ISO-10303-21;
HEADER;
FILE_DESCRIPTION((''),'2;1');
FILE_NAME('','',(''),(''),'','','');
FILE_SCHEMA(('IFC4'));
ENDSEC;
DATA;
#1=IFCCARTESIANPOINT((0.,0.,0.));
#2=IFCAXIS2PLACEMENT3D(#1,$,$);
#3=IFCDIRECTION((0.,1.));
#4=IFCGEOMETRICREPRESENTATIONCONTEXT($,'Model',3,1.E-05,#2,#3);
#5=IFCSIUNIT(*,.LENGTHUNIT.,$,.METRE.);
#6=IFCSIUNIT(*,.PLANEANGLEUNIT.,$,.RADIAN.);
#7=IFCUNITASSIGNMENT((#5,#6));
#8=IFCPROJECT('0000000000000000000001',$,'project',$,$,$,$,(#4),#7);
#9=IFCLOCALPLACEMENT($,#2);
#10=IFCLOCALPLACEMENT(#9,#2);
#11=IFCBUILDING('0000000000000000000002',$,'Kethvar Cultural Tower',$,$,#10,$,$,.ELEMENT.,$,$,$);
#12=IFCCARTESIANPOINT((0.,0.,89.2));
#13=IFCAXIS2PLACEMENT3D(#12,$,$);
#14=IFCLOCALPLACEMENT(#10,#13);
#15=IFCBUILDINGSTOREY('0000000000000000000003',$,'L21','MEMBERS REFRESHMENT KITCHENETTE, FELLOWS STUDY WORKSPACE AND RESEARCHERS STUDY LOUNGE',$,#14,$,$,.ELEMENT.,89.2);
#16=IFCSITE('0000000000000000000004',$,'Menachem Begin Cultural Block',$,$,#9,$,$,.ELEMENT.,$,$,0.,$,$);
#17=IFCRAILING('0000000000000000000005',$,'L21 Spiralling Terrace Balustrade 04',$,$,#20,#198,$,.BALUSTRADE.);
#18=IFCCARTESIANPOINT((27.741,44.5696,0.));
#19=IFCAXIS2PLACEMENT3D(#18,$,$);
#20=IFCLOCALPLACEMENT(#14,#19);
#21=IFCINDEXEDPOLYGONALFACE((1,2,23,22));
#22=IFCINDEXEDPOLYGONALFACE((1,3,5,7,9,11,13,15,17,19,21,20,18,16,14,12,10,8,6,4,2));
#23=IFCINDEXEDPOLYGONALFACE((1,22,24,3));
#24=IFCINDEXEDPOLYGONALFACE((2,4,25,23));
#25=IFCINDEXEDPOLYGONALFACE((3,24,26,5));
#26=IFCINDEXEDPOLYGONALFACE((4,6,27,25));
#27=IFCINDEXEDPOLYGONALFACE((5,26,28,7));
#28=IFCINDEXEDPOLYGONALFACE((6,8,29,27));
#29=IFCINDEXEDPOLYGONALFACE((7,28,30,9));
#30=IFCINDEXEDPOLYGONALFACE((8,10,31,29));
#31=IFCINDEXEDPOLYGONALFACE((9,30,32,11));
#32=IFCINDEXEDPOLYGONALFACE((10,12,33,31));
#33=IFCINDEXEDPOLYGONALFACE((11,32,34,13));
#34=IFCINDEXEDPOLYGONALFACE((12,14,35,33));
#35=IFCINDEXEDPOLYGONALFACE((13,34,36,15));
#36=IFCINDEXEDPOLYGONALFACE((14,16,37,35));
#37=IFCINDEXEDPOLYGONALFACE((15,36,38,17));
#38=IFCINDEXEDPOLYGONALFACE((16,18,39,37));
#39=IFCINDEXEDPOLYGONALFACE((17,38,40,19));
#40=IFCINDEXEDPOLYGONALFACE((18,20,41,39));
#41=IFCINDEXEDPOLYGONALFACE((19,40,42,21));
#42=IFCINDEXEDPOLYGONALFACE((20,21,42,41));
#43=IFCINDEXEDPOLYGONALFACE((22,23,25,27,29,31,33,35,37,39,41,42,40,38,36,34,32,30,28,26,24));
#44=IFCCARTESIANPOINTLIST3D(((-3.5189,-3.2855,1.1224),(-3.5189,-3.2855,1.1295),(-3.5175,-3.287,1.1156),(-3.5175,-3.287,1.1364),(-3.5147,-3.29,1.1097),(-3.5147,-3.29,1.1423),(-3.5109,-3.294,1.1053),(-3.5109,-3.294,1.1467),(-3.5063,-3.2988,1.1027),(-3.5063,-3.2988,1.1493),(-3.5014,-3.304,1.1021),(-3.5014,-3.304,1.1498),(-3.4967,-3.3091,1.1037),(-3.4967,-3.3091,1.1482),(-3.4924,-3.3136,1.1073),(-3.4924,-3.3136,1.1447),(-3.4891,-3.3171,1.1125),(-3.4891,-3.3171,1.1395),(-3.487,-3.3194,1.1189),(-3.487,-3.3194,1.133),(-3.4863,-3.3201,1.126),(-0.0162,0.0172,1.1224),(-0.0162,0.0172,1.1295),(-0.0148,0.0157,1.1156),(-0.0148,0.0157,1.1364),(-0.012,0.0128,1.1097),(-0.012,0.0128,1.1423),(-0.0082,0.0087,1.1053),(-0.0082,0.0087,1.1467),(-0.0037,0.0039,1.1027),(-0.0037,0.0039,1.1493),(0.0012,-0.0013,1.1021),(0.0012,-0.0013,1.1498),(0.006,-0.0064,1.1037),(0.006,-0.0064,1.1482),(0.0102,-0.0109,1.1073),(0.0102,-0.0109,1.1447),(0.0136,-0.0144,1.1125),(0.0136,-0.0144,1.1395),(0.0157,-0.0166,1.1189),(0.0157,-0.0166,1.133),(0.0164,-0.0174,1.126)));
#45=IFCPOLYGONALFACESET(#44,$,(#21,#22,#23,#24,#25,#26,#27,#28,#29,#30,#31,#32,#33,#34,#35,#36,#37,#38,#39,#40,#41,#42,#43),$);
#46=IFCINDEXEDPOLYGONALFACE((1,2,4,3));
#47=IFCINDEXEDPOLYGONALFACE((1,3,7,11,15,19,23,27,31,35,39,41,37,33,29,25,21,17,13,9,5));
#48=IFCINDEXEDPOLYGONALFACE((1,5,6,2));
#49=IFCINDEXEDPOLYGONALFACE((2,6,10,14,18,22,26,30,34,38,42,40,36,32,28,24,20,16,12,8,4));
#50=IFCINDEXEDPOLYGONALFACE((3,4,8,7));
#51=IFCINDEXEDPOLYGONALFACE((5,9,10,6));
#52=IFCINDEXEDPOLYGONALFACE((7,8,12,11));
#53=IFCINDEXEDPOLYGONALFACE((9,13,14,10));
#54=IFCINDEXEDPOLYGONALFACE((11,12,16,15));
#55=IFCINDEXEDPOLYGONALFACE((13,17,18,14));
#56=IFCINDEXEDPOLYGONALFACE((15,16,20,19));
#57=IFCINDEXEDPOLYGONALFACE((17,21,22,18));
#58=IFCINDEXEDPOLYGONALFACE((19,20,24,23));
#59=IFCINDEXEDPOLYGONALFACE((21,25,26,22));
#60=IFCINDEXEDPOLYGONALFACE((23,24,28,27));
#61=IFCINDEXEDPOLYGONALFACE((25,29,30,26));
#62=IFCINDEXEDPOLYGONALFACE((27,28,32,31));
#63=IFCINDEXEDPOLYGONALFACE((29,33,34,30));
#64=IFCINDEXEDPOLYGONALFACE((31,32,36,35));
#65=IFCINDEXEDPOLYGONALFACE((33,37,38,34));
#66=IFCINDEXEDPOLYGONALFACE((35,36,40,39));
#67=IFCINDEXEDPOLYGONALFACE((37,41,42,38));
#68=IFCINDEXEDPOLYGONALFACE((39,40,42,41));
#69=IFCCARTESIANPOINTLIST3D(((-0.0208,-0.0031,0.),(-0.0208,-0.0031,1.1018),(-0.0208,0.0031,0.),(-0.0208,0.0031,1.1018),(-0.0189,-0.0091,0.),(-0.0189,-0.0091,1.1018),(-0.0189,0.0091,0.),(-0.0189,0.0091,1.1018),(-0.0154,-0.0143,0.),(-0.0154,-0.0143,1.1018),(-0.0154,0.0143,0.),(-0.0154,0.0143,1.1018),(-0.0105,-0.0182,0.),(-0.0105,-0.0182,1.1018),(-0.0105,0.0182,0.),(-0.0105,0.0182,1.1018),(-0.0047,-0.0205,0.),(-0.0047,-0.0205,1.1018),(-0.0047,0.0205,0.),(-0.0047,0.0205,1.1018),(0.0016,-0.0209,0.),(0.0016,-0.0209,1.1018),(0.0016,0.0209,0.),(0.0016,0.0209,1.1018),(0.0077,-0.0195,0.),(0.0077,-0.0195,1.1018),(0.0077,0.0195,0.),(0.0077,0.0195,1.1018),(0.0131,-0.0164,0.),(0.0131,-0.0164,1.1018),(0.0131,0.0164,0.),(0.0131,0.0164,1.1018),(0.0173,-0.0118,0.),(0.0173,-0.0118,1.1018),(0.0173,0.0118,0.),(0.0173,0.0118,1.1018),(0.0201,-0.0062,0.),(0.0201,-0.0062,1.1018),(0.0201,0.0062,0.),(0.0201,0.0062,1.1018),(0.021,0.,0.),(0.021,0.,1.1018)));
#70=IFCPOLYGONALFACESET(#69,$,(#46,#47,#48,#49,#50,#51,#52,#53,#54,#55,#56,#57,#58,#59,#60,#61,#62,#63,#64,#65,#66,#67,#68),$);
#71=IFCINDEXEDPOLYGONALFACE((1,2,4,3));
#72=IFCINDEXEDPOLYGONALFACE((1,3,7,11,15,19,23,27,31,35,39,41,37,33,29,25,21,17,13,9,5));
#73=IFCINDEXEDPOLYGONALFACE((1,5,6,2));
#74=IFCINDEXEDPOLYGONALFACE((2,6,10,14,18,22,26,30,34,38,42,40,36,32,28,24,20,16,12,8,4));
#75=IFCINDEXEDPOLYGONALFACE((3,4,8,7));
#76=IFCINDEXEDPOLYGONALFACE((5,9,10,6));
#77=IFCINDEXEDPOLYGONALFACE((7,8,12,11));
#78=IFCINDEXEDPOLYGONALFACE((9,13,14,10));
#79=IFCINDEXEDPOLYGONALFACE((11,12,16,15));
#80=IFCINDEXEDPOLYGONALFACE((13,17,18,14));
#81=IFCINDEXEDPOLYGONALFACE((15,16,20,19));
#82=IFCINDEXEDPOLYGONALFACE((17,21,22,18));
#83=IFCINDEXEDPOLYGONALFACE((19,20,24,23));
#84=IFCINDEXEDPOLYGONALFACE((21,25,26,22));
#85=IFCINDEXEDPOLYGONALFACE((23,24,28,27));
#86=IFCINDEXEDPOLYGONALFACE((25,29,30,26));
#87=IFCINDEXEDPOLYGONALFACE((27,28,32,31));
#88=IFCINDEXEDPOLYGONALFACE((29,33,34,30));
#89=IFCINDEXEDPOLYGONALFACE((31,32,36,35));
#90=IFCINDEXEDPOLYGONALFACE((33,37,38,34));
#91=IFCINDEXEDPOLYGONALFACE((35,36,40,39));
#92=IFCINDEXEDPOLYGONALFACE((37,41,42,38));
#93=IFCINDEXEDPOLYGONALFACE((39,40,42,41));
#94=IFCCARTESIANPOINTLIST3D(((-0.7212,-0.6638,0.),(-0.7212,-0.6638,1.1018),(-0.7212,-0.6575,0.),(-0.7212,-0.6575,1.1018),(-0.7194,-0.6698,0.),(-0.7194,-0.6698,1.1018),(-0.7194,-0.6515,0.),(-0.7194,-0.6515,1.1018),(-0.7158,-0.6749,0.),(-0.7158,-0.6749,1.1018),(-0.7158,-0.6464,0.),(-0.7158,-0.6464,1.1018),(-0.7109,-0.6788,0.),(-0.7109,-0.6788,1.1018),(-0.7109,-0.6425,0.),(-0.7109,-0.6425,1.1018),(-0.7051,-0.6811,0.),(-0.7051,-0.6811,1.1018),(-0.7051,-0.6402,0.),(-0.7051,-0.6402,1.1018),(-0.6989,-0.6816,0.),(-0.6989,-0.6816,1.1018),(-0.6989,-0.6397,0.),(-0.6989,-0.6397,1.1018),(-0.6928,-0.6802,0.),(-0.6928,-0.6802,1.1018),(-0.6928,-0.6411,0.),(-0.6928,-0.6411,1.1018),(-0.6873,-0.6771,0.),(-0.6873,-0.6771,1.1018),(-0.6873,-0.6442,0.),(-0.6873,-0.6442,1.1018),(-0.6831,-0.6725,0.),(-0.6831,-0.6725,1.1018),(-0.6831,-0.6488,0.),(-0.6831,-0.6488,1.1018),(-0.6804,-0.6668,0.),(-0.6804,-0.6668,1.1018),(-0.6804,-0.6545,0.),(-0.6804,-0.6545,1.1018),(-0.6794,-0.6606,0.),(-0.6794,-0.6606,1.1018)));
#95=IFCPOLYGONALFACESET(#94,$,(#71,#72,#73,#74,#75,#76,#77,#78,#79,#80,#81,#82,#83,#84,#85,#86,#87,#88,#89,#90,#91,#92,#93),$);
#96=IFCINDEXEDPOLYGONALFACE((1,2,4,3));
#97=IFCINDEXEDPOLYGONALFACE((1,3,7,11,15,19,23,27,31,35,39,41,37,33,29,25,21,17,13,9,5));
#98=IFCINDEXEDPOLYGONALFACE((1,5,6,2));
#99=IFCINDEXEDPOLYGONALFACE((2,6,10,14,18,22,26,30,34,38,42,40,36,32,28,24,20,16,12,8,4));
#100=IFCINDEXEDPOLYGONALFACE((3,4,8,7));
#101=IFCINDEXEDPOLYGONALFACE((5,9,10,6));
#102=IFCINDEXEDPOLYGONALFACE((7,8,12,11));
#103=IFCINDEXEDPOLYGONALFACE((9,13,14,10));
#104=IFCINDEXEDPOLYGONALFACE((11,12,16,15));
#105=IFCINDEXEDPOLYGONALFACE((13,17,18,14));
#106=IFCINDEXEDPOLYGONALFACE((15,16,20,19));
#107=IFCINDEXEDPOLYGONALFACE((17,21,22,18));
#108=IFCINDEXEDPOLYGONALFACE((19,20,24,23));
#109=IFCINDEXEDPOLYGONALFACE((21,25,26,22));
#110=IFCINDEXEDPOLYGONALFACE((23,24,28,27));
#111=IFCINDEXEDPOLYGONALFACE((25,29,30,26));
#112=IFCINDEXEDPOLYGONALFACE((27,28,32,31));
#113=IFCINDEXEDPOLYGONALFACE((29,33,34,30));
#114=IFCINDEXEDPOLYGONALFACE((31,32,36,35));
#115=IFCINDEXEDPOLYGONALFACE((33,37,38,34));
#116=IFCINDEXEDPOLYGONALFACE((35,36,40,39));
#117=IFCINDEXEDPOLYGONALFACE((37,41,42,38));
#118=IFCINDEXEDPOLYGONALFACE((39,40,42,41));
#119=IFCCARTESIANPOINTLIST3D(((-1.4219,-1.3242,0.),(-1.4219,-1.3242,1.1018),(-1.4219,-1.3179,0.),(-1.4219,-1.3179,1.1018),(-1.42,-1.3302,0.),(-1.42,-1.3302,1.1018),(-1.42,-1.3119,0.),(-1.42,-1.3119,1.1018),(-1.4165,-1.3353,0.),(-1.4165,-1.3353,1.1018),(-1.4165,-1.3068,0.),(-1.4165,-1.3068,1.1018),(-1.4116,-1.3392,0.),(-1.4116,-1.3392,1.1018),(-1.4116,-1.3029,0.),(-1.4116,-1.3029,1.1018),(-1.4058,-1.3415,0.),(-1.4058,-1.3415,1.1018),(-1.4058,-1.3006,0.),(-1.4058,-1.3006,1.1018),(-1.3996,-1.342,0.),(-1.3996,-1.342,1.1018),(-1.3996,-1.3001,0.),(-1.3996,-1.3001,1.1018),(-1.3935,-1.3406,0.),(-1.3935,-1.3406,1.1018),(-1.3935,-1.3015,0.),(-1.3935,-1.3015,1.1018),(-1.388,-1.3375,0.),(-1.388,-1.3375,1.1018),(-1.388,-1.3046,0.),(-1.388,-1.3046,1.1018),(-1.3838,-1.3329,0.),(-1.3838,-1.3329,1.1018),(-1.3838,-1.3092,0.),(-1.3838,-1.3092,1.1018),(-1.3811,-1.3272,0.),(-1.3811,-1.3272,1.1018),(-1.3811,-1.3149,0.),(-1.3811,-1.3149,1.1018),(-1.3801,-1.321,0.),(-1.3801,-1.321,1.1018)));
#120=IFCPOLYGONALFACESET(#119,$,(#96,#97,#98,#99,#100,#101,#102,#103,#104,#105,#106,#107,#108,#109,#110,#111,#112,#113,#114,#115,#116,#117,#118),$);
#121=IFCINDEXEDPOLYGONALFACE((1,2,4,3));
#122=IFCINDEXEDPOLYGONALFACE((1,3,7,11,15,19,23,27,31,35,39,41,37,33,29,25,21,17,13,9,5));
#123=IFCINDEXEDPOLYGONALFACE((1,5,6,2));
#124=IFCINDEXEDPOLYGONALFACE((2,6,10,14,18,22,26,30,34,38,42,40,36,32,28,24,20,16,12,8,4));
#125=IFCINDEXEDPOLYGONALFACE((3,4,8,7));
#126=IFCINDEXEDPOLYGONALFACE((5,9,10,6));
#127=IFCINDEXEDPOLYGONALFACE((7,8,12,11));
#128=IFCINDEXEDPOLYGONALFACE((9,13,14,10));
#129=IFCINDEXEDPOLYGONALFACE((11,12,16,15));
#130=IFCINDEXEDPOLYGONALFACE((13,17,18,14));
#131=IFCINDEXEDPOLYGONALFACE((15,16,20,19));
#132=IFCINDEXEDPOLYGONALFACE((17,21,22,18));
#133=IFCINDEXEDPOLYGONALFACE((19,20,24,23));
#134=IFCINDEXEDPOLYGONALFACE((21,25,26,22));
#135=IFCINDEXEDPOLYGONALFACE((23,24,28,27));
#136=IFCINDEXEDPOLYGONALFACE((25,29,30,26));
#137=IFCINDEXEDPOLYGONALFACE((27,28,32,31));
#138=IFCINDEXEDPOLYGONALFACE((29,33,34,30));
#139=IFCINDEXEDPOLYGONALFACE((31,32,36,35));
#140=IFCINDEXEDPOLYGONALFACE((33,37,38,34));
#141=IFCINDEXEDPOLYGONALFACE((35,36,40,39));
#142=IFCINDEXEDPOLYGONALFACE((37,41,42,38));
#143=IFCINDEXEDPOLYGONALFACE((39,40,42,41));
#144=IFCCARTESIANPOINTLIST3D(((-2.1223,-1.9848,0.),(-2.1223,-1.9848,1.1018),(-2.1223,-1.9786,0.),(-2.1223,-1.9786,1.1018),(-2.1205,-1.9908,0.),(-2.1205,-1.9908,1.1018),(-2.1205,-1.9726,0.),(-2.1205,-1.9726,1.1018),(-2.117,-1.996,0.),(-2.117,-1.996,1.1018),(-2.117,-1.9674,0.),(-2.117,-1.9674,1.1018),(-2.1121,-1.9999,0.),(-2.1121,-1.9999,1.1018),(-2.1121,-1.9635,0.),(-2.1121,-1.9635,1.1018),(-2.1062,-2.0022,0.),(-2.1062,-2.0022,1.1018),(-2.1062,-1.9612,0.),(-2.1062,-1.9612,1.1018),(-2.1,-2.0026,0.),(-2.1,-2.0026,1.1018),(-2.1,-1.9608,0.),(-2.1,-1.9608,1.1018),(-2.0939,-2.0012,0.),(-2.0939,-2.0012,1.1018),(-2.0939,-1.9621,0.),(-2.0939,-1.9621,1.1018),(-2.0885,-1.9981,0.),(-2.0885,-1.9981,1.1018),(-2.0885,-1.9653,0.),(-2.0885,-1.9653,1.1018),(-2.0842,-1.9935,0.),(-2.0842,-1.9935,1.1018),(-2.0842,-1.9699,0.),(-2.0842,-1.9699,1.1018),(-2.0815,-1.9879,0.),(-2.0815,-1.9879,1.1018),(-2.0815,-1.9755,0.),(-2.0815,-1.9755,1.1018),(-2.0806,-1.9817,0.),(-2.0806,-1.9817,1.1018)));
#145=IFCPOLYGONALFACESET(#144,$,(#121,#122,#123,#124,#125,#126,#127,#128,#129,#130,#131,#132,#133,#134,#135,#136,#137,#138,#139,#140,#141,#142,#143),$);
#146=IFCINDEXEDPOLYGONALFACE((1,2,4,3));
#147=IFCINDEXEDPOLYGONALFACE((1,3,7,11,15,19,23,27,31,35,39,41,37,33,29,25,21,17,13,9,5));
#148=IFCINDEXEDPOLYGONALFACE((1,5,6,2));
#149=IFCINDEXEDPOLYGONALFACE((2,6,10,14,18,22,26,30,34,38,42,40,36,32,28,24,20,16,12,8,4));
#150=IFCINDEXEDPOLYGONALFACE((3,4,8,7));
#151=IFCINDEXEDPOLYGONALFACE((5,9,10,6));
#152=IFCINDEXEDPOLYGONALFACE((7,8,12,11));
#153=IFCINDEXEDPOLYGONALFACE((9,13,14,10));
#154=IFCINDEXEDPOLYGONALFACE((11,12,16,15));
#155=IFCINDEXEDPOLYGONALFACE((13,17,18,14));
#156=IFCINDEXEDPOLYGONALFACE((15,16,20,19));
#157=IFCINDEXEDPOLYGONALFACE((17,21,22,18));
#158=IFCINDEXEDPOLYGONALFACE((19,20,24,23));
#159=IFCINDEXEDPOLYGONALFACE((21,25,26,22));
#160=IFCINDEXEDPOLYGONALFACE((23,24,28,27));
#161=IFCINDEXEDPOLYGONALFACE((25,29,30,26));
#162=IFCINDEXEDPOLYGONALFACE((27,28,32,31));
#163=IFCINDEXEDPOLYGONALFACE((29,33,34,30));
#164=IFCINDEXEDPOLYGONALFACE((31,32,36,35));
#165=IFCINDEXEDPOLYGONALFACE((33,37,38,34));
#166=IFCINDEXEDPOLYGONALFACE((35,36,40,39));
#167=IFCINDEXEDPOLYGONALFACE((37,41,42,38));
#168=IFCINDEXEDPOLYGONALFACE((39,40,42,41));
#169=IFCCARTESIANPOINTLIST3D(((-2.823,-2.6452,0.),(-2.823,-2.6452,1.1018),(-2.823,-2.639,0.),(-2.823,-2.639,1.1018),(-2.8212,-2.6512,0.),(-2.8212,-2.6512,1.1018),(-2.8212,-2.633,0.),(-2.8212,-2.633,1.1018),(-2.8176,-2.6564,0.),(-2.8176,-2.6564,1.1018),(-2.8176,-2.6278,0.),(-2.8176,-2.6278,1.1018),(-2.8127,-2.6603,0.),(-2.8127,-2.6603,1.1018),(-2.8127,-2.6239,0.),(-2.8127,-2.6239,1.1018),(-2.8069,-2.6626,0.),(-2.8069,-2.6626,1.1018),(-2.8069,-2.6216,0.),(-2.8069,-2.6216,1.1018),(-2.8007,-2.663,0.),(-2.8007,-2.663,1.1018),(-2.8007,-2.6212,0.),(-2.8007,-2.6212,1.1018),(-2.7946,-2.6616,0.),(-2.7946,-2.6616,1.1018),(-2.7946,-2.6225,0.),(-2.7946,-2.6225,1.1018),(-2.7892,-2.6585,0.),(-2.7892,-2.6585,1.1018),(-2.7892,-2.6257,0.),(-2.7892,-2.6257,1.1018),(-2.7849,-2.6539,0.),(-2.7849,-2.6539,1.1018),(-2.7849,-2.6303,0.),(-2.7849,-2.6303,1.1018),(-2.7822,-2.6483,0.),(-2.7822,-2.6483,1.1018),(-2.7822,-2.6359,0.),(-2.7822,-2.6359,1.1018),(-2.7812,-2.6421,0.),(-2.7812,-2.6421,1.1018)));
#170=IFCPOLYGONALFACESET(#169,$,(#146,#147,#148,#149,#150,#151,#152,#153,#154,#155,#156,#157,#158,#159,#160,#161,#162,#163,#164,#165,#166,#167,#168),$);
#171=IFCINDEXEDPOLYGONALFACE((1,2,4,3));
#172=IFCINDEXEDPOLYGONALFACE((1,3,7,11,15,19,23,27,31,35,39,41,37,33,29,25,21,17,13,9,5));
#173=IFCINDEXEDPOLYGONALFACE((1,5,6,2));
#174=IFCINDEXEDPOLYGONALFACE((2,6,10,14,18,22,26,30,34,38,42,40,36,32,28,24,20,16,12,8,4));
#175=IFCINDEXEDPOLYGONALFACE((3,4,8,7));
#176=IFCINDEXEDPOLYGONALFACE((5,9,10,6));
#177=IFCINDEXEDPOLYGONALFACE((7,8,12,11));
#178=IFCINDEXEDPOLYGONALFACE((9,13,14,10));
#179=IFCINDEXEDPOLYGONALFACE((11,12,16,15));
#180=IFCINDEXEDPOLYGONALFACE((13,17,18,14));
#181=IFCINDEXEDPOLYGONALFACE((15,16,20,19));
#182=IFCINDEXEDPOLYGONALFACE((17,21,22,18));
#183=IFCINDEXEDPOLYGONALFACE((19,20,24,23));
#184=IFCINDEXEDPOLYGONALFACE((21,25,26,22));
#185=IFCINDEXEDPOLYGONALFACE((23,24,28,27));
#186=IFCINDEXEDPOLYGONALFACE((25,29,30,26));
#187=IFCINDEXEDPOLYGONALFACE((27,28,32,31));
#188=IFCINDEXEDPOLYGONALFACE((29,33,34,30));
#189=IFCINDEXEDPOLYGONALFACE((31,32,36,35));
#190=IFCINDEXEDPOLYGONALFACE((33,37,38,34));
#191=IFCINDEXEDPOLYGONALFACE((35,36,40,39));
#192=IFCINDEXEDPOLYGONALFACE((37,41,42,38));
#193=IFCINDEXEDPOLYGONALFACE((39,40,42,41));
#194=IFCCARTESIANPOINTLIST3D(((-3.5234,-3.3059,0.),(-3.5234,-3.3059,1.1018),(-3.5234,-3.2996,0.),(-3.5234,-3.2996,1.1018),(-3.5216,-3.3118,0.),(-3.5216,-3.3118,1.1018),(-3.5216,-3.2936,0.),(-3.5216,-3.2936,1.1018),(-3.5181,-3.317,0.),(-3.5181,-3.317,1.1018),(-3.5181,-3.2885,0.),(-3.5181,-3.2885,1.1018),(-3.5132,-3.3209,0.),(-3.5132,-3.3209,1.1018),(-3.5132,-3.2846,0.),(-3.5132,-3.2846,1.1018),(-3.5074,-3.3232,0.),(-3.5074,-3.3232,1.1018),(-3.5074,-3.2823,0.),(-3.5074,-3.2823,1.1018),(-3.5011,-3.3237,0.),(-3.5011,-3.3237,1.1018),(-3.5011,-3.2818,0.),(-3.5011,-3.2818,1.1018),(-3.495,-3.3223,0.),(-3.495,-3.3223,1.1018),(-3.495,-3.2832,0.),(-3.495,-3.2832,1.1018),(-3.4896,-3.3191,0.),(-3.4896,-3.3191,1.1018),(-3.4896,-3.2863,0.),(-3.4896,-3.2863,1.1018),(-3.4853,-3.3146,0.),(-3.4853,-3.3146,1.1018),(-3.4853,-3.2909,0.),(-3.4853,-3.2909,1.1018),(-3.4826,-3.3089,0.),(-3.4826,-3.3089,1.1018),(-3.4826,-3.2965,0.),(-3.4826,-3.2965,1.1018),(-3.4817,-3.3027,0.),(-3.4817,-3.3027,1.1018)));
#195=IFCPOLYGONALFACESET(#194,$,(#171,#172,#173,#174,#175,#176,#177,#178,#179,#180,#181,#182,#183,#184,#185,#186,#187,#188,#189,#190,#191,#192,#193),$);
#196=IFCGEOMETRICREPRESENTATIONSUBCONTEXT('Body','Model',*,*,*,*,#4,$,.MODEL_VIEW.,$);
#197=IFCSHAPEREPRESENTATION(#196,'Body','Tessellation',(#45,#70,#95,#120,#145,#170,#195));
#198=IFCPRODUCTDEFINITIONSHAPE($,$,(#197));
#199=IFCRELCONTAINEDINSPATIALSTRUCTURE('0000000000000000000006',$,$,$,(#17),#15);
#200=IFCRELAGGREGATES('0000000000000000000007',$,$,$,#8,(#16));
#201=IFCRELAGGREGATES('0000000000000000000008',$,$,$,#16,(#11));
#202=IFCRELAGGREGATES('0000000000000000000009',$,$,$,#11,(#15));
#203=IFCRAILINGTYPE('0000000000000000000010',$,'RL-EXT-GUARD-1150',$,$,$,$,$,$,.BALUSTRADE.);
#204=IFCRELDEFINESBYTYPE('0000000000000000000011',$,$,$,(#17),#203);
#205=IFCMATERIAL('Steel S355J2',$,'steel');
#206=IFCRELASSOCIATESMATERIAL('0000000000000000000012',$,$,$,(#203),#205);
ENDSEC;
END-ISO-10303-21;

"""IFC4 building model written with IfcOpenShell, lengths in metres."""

from ifc_helpers import new_model, si_unit, direction, frame, origin, origin_2d, place, context, subcontext, project, spatial, circle, extrude, material, type_object, element, save


model = new_model("IFC4")

# Units and contexts
model_context = context("Model", 3, precision=1e-05, world=origin(), true_north=direction((0.0, 1.0)))
body_context = subcontext(model_context, "Body", "Model", "MODEL_VIEW")
ifc_project = project(units=[si_unit("LENGTHUNIT", "METRE"), si_unit("PLANEANGLEUNIT", "RADIAN")], contexts=[model_context])

# Site, building, storey
site_placement = place(None, origin())
site = spatial("IfcSite", under=ifc_project, at=site_placement, Name="Menachem Begin Cultural Block", CompositionType="ELEMENT", RefElevation=0.0)
building_placement = place(site_placement, origin())
building = spatial("IfcBuilding", under=site, at=building_placement, Name="Kethvar Cultural Tower", CompositionType="ELEMENT")
storey_placement = place(building_placement, frame((0.0, 0.0, 89.2)))
storey = spatial("IfcBuildingStorey", under=building, at=storey_placement, Name="L21", Description="MEMBERS REFRESHMENT KITCHENETTE, FELLOWS STUDY WORKSPACE AND RESEARCHERS STUDY LOUNGE", CompositionType="ELEMENT", Elevation=89.2)

# Shared definitions
ifc_material_1 = material(Name="Steel S355J2", Category="steel")

# Railing
railing_type = type_object("IfcRailingType", Name="RL-EXT-GUARD-1150", PredefinedType="BALUSTRADE", material=ifc_material_1)
railing_1_placement = place(storey_placement, frame((27.741, 44.5696, 0.0)))
element("IfcRailing", 1, at=railing_1_placement, inside=storey, type_object=railing_type, Name="L21 Spiralling Terrace Balustrade 04", PredefinedType="BALUSTRADE", context=body_context, shape_type="SweptSolid", body=[
    extrude(circle(Radius=0.0239, at=origin_2d()), frame((0.0, 0.0, 1.126), z_axis=(-0.727568, -0.686035, 0.0), x_axis=(0.686035, -0.727568, 0.0)), (0.0, 0.0, 1.0), 4.8142),
    extrude(circle(Radius=0.021, at=origin_2d()), origin(), (0.0, 0.0, 1.0), 1.1018),
    extrude(circle(Radius=0.021, at=origin_2d()), frame((-0.7004, -0.6606, 0.0)), (0.0, 0.0, 1.0), 1.1018),
    extrude(circle(Radius=0.021, at=origin_2d()), frame((-1.4011, -1.321, 0.0)), (0.0, 0.0, 1.0), 1.1018),
    extrude(circle(Radius=0.021, at=origin_2d()), frame((-2.1016, -1.9817, 0.0)), (0.0, 0.0, 1.0), 1.1018),
    extrude(circle(Radius=0.021, at=origin_2d()), frame((-2.8022, -2.6421, 0.0)), (0.0, 0.0, 1.0), 1.1018),
    extrude(circle(Radius=0.021, at=origin_2d()), frame((-3.5027, -3.3027, 0.0)), (0.0, 0.0, 1.0), 1.1018),
])

save(model, "model.ifc")
